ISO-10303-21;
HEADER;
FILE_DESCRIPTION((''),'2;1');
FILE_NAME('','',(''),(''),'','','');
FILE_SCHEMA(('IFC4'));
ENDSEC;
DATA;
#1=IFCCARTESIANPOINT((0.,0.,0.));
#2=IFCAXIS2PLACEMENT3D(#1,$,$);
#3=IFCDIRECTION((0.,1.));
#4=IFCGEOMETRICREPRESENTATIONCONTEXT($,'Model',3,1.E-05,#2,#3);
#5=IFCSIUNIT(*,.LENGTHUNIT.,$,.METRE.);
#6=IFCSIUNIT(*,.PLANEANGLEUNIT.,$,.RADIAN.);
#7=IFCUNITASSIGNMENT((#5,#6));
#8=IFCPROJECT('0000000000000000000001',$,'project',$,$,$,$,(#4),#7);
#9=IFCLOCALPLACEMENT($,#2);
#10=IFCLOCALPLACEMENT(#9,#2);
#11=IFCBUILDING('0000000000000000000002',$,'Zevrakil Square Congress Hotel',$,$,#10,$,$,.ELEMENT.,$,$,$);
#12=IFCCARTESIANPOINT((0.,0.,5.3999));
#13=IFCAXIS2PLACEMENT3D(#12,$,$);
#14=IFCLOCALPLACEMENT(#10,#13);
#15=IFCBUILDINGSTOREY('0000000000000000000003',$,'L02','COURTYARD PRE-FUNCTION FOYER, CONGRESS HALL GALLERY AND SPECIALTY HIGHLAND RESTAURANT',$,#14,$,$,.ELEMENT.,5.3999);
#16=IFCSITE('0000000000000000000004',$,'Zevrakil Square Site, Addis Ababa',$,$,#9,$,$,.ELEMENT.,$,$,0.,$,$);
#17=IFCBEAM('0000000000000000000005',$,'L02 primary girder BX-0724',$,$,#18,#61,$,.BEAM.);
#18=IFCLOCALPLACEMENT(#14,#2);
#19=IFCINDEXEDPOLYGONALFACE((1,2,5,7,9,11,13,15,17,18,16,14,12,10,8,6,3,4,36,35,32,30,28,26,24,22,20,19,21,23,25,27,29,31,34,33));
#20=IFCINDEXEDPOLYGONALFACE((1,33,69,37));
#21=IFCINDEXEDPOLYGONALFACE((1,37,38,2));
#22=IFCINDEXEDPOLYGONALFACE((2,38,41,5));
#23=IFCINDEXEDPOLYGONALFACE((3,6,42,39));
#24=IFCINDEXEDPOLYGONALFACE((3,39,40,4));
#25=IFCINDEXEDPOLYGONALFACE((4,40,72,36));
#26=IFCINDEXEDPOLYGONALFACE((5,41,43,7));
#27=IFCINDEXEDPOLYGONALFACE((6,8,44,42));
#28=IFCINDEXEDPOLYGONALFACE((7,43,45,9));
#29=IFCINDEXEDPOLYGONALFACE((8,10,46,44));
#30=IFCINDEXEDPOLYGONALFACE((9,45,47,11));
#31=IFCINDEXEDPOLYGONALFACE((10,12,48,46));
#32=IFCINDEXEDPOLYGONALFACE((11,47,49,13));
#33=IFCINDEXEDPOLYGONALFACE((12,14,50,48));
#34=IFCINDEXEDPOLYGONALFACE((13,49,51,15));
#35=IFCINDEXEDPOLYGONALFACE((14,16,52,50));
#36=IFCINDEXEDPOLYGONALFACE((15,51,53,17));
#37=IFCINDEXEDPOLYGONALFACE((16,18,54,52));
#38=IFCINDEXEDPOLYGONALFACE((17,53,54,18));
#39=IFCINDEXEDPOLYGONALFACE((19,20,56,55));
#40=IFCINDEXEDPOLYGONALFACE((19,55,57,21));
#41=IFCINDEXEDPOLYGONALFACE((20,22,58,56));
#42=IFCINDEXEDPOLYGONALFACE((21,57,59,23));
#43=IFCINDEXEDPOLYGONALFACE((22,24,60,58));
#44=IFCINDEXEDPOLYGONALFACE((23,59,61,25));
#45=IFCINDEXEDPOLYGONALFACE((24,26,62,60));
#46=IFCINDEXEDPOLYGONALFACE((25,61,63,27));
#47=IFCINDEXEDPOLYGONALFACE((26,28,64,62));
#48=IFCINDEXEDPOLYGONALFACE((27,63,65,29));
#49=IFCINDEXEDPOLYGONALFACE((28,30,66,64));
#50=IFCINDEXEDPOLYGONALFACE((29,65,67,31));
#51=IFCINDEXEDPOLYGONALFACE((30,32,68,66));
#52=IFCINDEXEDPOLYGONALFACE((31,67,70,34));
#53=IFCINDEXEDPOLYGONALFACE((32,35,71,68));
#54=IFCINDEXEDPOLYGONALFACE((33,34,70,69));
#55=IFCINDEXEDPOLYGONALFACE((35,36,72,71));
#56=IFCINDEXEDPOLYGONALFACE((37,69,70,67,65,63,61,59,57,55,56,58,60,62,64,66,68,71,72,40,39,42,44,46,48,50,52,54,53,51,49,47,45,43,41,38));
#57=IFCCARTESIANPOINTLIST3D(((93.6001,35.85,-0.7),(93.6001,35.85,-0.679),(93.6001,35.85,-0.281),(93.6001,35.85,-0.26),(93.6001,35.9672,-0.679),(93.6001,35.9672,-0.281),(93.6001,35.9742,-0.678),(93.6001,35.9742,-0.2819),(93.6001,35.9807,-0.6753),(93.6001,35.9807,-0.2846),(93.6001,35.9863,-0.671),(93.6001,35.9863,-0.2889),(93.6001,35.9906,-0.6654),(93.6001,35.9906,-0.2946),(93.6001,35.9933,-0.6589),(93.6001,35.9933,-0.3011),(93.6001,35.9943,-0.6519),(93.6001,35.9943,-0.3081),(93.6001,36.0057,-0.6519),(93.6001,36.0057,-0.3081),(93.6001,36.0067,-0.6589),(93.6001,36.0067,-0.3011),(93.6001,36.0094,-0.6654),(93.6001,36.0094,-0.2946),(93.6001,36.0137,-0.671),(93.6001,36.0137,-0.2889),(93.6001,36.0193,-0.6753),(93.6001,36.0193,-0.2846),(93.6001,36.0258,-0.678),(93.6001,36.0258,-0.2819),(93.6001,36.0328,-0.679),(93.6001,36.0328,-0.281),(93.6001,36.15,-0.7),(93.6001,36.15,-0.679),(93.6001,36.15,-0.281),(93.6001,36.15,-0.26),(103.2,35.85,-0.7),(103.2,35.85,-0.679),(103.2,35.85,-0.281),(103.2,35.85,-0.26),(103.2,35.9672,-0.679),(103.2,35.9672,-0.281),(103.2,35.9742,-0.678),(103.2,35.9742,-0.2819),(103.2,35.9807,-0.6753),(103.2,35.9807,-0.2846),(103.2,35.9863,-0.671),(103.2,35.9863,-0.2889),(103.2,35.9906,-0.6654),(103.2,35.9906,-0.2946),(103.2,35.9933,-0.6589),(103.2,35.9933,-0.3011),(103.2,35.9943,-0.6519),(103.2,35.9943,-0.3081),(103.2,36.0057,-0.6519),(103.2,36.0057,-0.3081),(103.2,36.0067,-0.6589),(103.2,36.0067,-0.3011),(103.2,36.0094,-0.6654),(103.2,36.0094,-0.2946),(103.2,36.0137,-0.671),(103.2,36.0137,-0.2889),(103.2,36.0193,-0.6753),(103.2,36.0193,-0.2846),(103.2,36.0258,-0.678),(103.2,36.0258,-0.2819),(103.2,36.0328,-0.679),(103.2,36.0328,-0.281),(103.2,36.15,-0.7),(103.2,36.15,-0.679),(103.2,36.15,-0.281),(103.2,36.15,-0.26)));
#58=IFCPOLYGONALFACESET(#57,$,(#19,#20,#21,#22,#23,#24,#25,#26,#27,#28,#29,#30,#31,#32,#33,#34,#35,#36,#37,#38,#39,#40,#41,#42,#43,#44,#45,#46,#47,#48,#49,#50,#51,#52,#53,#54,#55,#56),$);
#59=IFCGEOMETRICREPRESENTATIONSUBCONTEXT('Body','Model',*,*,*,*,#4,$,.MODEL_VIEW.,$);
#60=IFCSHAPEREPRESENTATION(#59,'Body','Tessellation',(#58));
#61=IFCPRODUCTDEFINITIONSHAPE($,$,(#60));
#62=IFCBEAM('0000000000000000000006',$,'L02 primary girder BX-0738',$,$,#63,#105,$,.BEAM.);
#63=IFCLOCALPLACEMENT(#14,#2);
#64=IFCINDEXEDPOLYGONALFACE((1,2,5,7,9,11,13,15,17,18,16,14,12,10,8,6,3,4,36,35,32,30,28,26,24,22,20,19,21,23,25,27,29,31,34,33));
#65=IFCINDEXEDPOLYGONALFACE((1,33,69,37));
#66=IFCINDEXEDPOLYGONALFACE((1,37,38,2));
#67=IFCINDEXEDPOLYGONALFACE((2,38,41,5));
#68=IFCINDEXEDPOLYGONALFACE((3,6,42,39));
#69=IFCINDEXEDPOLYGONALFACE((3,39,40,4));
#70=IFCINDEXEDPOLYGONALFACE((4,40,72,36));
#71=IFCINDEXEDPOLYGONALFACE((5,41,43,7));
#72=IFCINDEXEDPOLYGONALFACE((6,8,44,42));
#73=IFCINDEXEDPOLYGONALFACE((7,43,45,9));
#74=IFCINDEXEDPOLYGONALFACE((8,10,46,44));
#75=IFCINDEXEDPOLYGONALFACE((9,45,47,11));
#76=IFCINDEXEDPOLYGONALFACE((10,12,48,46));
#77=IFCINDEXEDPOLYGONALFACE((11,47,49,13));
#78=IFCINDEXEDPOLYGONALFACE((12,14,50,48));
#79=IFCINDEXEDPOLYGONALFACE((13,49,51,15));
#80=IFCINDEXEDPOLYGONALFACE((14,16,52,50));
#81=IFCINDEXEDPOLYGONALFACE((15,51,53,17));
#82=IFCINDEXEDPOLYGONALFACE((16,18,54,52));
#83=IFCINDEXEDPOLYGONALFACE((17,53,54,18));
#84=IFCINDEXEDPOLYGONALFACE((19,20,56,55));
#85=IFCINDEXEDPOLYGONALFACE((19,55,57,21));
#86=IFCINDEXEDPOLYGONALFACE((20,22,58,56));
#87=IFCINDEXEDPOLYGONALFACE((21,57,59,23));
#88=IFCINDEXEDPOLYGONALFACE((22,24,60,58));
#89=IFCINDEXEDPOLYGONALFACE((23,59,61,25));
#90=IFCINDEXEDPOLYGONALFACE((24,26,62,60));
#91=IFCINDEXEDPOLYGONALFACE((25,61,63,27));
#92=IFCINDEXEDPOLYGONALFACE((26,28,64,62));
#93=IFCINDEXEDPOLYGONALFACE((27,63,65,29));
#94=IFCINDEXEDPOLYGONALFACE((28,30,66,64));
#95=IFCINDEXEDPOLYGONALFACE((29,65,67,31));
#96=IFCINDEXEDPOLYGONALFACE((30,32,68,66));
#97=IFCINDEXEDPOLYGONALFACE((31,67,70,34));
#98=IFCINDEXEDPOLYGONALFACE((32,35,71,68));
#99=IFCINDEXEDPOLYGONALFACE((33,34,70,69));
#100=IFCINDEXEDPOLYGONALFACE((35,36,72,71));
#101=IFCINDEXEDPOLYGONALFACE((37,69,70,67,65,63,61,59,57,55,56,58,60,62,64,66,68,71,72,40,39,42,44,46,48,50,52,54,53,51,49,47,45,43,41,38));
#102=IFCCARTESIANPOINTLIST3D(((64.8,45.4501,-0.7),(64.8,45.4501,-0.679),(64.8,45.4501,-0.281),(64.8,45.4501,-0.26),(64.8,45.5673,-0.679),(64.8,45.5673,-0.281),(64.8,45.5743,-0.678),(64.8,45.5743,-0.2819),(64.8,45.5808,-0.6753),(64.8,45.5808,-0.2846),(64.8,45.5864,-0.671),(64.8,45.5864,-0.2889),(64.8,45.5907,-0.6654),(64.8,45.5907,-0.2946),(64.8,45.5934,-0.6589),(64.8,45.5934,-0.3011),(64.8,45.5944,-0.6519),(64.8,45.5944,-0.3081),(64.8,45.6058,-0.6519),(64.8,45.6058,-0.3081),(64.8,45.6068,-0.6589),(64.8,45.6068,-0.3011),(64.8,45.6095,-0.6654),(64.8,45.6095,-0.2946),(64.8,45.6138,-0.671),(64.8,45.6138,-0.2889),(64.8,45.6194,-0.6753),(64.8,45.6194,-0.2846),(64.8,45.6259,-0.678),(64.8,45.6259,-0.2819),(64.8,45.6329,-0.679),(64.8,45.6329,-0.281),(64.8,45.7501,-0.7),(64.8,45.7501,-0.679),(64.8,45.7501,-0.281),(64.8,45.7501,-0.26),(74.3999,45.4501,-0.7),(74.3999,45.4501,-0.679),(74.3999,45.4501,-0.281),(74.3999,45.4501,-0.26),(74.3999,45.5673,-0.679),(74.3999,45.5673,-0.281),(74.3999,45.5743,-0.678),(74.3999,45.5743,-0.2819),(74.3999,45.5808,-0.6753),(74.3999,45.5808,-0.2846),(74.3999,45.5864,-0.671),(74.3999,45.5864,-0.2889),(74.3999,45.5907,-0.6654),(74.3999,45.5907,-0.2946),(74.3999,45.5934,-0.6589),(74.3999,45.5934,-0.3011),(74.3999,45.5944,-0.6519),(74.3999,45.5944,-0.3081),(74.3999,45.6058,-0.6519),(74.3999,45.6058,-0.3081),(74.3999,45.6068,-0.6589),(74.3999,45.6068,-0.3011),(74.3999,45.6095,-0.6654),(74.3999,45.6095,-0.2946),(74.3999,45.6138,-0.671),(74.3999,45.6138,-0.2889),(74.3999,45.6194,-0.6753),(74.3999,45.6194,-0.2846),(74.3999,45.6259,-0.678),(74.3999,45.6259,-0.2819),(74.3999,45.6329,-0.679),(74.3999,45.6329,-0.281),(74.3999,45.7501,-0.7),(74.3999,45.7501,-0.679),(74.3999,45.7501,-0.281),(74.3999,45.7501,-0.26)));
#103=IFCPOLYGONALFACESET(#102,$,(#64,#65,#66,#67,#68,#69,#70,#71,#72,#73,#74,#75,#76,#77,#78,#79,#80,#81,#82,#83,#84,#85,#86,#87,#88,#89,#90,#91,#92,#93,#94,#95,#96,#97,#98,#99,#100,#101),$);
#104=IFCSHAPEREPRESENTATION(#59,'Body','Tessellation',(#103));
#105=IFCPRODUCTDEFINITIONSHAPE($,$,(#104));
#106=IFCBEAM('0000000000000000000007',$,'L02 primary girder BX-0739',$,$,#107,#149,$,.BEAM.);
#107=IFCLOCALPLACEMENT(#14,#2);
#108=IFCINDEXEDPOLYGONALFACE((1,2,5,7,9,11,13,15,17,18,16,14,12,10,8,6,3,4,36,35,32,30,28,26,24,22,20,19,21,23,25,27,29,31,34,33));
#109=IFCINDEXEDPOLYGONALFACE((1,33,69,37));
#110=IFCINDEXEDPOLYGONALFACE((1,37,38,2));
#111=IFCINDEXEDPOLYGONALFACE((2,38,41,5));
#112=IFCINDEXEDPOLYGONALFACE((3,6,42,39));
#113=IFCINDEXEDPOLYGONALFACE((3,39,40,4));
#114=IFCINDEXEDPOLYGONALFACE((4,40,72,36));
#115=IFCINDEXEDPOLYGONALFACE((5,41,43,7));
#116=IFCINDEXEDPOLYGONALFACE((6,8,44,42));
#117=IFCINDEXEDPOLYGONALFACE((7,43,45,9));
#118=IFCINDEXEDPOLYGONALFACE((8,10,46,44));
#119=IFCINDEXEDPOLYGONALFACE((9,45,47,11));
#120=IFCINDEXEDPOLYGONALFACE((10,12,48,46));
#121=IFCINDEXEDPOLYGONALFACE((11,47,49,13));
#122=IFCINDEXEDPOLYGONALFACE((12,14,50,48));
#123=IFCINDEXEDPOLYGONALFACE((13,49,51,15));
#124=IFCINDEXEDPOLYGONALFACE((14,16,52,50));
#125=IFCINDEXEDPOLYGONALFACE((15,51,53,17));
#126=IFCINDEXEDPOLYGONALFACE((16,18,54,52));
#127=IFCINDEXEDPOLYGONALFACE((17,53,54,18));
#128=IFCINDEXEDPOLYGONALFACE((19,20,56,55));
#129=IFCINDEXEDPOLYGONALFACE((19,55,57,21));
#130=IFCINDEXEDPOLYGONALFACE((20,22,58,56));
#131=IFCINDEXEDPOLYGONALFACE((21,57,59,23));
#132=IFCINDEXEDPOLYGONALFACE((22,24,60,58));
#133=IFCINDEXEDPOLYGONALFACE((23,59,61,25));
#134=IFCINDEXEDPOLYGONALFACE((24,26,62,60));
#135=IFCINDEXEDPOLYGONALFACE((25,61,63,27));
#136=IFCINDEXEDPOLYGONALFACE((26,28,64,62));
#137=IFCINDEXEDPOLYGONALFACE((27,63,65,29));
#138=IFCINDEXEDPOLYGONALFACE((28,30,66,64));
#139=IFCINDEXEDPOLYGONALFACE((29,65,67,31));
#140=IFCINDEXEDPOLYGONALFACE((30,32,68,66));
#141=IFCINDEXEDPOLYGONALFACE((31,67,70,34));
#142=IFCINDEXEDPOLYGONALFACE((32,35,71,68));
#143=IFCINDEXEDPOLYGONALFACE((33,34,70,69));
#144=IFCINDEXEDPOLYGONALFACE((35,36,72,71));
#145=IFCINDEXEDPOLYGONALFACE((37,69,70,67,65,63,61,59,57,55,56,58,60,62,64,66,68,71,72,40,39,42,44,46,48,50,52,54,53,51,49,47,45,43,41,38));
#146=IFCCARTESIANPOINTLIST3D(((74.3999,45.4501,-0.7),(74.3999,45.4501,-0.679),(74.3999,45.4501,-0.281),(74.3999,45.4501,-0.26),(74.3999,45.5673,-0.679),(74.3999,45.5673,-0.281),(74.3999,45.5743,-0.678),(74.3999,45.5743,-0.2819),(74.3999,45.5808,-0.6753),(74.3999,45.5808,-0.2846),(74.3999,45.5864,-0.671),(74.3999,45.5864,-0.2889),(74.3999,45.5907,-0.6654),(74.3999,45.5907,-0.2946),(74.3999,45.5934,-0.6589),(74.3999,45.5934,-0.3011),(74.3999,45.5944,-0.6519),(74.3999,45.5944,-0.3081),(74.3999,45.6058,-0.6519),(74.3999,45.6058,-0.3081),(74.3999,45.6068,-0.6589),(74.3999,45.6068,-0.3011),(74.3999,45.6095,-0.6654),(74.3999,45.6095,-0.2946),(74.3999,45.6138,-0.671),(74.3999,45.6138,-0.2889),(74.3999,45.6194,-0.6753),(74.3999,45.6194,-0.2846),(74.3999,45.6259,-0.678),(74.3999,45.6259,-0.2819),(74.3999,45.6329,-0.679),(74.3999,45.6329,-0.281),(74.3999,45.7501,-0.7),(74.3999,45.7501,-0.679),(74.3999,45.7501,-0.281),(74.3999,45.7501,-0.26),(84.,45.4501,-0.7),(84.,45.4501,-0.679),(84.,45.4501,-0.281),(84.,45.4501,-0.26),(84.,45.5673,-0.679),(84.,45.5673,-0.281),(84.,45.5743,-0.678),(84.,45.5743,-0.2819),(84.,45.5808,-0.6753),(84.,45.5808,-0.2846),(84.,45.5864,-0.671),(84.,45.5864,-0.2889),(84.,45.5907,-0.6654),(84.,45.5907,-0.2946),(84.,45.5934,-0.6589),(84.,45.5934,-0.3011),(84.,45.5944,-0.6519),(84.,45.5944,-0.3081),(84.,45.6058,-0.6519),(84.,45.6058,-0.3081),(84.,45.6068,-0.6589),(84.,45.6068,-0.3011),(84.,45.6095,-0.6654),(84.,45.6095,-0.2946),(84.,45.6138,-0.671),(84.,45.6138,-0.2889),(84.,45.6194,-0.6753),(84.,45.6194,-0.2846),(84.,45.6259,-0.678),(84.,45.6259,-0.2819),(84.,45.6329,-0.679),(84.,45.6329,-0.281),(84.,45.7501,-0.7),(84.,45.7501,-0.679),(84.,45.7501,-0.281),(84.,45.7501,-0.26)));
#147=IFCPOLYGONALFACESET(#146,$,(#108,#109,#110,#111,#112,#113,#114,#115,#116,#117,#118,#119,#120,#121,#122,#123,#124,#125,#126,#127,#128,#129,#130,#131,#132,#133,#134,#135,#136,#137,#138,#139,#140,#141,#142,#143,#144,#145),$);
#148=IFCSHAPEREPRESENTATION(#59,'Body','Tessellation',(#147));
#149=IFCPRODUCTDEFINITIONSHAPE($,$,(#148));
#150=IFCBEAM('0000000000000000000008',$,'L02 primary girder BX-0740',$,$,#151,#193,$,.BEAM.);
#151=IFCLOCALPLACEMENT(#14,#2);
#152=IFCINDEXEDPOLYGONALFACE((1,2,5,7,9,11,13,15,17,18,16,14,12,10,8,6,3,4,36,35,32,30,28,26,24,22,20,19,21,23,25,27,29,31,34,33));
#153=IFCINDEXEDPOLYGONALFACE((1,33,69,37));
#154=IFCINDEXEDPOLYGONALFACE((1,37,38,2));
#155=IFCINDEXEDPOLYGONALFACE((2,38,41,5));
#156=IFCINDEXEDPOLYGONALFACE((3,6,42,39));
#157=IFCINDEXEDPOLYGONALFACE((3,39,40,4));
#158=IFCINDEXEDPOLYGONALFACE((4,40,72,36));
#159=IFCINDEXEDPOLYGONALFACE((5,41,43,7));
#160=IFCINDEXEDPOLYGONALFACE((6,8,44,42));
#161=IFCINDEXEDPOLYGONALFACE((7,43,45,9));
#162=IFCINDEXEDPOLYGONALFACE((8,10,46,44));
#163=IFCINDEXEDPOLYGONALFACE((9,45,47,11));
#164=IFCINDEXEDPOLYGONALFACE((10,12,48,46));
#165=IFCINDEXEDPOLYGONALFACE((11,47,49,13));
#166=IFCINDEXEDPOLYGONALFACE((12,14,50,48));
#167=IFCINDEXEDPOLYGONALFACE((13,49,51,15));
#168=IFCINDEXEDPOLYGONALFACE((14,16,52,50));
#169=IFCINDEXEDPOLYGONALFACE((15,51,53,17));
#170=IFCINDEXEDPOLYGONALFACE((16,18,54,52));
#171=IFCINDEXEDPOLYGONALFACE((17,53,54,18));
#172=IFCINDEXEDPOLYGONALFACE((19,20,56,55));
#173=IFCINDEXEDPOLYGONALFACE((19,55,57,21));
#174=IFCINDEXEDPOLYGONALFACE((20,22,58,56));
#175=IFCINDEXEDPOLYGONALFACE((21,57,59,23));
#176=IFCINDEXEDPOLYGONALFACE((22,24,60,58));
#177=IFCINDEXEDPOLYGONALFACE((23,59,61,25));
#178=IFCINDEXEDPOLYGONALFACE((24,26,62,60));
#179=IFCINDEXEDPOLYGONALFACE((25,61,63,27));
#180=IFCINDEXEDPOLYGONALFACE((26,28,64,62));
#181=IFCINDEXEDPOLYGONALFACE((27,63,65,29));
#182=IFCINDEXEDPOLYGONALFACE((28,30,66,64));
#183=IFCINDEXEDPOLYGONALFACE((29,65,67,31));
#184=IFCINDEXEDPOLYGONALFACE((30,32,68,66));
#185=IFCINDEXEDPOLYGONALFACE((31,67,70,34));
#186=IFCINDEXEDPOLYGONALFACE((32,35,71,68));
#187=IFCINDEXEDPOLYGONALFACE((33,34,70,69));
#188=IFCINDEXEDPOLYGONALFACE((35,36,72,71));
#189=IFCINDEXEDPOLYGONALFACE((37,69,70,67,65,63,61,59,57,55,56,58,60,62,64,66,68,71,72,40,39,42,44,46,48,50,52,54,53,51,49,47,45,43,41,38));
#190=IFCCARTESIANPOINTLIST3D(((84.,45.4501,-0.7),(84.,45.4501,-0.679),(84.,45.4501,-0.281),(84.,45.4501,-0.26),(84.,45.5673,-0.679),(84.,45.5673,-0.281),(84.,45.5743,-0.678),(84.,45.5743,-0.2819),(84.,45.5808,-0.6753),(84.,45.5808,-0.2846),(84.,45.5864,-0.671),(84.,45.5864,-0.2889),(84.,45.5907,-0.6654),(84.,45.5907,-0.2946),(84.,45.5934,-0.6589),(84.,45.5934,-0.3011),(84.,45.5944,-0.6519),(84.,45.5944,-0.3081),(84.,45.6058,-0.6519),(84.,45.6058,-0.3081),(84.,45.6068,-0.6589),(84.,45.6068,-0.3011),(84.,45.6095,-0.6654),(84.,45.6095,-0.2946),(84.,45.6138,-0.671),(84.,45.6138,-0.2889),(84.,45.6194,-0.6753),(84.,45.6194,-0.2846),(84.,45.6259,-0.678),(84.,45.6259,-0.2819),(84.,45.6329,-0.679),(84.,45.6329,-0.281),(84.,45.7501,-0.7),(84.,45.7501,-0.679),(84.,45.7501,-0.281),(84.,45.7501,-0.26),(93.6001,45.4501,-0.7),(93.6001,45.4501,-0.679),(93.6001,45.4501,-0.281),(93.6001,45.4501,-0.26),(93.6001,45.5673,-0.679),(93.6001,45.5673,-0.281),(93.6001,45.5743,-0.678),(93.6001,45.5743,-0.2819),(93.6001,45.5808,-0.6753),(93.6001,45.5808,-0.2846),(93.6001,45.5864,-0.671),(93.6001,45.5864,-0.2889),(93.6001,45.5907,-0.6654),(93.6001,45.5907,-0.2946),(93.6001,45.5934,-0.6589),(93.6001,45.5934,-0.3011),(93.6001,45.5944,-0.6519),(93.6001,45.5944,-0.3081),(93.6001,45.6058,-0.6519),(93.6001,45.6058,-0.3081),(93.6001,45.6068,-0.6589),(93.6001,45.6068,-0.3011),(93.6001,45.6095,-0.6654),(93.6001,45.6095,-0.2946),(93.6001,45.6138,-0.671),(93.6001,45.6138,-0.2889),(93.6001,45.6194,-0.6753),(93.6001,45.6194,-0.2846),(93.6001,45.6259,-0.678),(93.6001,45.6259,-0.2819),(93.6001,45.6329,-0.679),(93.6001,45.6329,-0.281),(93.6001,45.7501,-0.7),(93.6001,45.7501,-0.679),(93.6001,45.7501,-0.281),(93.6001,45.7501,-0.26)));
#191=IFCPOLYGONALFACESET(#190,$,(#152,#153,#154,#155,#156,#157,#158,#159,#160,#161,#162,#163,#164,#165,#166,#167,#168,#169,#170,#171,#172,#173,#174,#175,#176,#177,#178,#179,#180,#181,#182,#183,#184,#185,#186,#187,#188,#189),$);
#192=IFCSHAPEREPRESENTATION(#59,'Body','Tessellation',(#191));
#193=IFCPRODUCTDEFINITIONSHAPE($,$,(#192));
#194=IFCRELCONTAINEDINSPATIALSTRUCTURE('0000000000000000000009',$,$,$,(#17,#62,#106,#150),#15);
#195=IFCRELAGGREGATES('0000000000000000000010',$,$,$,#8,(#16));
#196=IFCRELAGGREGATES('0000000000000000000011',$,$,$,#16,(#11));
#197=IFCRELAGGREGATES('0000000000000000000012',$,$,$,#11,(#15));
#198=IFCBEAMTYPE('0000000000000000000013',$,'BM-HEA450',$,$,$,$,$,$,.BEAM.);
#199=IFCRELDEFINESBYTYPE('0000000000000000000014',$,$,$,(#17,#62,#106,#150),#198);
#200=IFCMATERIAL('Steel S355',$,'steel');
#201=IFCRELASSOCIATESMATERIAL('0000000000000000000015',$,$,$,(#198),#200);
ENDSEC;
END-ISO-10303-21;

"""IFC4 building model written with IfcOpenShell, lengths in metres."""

from ifc_helpers import new_model, si_unit, direction, frame, origin, origin_2d, place, context, subcontext, project, spatial, i_section, extrude, material, material_profile, profile_set, type_object, element, save


model = new_model("IFC4")

# Units and contexts
model_context = context("Model", 3, precision=1e-05, world=origin(), true_north=direction((0.0, 1.0)))
body_context = subcontext(model_context, "Body", "Model", "MODEL_VIEW")
ifc_project = project(units=[si_unit("LENGTHUNIT", "METRE"), si_unit("PLANEANGLEUNIT", "RADIAN")], contexts=[model_context])

# Site, building, storey
site_placement = place(None, origin())
site = spatial("IfcSite", under=ifc_project, at=site_placement, Name="Zevrakil Square Site, Addis Ababa", CompositionType="ELEMENT", RefElevation=0.0)
building_placement = place(site_placement, origin())
building = spatial("IfcBuilding", under=site, at=building_placement, Name="Zevrakil Square Congress Hotel", CompositionType="ELEMENT")
storey_placement = place(building_placement, frame((0.0, 0.0, 5.3999)))
storey = spatial("IfcBuildingStorey", under=building, at=storey_placement, Name="L02", Description="COURTYARD PRE-FUNCTION FOYER, CONGRESS HALL GALLERY AND SPECIALTY HIGHLAND RESTAURANT", CompositionType="ELEMENT", Elevation=5.3999)

# Beams
ifc_material_1 = material(Name="Steel S355", Category="steel")
ifc_material_profile_1 = material_profile(ifc_material_1, i_section(OverallWidth=0.3, OverallDepth=0.4399, WebThickness=0.0115, FlangeThickness=0.021, FilletRadius=0.0271, at=origin_2d()), Name="HEA 450")
ifc_profile_set_1 = profile_set([ifc_material_profile_1], Name="Steel S355")
beam_type_1 = type_object("IfcBeamType", Name="BM-HEA450", PredefinedType="BEAM", material=ifc_profile_set_1)
for number, where, z_axis, x_axis, name in (
    (1, (93.6001, 36.0, -0.48), (1.0, 0.0, 0.0), (0.0, 1.0, 0.0), "L02 primary girder BX-0724"),
    (2, (64.8, 45.6001, -0.48), (1.0, 0.0, 0.0), (0.0, 1.0, 0.0), "L02 primary girder BX-0738"),
):
    element("IfcBeam", number, at=place(storey_placement, frame(where, z_axis=z_axis, x_axis=x_axis)), inside=storey, type_object=beam_type_1, Name=name, PredefinedType="BEAM", context=body_context, shape_type="SweptSolid", body=[
        extrude(i_section(OverallWidth=0.3, OverallDepth=0.4399, WebThickness=0.0115, FlangeThickness=0.021, FilletRadius=0.0271, at=origin_2d()), origin(), (0.0, 0.0, 1.0), 9.5999),
    ])
for number, where, z_axis, x_axis, name in (
    (3, (74.3999, 45.6001, -0.48), (1.0, 0.0, 0.0), (0.0, 1.0, 0.0), "L02 primary girder BX-0739"),
    (4, (84.0, 45.6001, -0.48), (1.0, 0.0, 0.0), (0.0, 1.0, 0.0), "L02 primary girder BX-0740"),
):
    element("IfcBeam", number, at=place(storey_placement, frame(where, z_axis=z_axis, x_axis=x_axis)), inside=storey, type_object=beam_type_1, Name=name, PredefinedType="BEAM", context=body_context, shape_type="SweptSolid", body=[
        extrude(i_section(OverallWidth=0.3, OverallDepth=0.4399, WebThickness=0.0115, FlangeThickness=0.021, FilletRadius=0.0271, at=origin_2d()), origin(), (0.0, 0.0, 1.0), 9.6001),
    ])

save(model, "model.ifc")
